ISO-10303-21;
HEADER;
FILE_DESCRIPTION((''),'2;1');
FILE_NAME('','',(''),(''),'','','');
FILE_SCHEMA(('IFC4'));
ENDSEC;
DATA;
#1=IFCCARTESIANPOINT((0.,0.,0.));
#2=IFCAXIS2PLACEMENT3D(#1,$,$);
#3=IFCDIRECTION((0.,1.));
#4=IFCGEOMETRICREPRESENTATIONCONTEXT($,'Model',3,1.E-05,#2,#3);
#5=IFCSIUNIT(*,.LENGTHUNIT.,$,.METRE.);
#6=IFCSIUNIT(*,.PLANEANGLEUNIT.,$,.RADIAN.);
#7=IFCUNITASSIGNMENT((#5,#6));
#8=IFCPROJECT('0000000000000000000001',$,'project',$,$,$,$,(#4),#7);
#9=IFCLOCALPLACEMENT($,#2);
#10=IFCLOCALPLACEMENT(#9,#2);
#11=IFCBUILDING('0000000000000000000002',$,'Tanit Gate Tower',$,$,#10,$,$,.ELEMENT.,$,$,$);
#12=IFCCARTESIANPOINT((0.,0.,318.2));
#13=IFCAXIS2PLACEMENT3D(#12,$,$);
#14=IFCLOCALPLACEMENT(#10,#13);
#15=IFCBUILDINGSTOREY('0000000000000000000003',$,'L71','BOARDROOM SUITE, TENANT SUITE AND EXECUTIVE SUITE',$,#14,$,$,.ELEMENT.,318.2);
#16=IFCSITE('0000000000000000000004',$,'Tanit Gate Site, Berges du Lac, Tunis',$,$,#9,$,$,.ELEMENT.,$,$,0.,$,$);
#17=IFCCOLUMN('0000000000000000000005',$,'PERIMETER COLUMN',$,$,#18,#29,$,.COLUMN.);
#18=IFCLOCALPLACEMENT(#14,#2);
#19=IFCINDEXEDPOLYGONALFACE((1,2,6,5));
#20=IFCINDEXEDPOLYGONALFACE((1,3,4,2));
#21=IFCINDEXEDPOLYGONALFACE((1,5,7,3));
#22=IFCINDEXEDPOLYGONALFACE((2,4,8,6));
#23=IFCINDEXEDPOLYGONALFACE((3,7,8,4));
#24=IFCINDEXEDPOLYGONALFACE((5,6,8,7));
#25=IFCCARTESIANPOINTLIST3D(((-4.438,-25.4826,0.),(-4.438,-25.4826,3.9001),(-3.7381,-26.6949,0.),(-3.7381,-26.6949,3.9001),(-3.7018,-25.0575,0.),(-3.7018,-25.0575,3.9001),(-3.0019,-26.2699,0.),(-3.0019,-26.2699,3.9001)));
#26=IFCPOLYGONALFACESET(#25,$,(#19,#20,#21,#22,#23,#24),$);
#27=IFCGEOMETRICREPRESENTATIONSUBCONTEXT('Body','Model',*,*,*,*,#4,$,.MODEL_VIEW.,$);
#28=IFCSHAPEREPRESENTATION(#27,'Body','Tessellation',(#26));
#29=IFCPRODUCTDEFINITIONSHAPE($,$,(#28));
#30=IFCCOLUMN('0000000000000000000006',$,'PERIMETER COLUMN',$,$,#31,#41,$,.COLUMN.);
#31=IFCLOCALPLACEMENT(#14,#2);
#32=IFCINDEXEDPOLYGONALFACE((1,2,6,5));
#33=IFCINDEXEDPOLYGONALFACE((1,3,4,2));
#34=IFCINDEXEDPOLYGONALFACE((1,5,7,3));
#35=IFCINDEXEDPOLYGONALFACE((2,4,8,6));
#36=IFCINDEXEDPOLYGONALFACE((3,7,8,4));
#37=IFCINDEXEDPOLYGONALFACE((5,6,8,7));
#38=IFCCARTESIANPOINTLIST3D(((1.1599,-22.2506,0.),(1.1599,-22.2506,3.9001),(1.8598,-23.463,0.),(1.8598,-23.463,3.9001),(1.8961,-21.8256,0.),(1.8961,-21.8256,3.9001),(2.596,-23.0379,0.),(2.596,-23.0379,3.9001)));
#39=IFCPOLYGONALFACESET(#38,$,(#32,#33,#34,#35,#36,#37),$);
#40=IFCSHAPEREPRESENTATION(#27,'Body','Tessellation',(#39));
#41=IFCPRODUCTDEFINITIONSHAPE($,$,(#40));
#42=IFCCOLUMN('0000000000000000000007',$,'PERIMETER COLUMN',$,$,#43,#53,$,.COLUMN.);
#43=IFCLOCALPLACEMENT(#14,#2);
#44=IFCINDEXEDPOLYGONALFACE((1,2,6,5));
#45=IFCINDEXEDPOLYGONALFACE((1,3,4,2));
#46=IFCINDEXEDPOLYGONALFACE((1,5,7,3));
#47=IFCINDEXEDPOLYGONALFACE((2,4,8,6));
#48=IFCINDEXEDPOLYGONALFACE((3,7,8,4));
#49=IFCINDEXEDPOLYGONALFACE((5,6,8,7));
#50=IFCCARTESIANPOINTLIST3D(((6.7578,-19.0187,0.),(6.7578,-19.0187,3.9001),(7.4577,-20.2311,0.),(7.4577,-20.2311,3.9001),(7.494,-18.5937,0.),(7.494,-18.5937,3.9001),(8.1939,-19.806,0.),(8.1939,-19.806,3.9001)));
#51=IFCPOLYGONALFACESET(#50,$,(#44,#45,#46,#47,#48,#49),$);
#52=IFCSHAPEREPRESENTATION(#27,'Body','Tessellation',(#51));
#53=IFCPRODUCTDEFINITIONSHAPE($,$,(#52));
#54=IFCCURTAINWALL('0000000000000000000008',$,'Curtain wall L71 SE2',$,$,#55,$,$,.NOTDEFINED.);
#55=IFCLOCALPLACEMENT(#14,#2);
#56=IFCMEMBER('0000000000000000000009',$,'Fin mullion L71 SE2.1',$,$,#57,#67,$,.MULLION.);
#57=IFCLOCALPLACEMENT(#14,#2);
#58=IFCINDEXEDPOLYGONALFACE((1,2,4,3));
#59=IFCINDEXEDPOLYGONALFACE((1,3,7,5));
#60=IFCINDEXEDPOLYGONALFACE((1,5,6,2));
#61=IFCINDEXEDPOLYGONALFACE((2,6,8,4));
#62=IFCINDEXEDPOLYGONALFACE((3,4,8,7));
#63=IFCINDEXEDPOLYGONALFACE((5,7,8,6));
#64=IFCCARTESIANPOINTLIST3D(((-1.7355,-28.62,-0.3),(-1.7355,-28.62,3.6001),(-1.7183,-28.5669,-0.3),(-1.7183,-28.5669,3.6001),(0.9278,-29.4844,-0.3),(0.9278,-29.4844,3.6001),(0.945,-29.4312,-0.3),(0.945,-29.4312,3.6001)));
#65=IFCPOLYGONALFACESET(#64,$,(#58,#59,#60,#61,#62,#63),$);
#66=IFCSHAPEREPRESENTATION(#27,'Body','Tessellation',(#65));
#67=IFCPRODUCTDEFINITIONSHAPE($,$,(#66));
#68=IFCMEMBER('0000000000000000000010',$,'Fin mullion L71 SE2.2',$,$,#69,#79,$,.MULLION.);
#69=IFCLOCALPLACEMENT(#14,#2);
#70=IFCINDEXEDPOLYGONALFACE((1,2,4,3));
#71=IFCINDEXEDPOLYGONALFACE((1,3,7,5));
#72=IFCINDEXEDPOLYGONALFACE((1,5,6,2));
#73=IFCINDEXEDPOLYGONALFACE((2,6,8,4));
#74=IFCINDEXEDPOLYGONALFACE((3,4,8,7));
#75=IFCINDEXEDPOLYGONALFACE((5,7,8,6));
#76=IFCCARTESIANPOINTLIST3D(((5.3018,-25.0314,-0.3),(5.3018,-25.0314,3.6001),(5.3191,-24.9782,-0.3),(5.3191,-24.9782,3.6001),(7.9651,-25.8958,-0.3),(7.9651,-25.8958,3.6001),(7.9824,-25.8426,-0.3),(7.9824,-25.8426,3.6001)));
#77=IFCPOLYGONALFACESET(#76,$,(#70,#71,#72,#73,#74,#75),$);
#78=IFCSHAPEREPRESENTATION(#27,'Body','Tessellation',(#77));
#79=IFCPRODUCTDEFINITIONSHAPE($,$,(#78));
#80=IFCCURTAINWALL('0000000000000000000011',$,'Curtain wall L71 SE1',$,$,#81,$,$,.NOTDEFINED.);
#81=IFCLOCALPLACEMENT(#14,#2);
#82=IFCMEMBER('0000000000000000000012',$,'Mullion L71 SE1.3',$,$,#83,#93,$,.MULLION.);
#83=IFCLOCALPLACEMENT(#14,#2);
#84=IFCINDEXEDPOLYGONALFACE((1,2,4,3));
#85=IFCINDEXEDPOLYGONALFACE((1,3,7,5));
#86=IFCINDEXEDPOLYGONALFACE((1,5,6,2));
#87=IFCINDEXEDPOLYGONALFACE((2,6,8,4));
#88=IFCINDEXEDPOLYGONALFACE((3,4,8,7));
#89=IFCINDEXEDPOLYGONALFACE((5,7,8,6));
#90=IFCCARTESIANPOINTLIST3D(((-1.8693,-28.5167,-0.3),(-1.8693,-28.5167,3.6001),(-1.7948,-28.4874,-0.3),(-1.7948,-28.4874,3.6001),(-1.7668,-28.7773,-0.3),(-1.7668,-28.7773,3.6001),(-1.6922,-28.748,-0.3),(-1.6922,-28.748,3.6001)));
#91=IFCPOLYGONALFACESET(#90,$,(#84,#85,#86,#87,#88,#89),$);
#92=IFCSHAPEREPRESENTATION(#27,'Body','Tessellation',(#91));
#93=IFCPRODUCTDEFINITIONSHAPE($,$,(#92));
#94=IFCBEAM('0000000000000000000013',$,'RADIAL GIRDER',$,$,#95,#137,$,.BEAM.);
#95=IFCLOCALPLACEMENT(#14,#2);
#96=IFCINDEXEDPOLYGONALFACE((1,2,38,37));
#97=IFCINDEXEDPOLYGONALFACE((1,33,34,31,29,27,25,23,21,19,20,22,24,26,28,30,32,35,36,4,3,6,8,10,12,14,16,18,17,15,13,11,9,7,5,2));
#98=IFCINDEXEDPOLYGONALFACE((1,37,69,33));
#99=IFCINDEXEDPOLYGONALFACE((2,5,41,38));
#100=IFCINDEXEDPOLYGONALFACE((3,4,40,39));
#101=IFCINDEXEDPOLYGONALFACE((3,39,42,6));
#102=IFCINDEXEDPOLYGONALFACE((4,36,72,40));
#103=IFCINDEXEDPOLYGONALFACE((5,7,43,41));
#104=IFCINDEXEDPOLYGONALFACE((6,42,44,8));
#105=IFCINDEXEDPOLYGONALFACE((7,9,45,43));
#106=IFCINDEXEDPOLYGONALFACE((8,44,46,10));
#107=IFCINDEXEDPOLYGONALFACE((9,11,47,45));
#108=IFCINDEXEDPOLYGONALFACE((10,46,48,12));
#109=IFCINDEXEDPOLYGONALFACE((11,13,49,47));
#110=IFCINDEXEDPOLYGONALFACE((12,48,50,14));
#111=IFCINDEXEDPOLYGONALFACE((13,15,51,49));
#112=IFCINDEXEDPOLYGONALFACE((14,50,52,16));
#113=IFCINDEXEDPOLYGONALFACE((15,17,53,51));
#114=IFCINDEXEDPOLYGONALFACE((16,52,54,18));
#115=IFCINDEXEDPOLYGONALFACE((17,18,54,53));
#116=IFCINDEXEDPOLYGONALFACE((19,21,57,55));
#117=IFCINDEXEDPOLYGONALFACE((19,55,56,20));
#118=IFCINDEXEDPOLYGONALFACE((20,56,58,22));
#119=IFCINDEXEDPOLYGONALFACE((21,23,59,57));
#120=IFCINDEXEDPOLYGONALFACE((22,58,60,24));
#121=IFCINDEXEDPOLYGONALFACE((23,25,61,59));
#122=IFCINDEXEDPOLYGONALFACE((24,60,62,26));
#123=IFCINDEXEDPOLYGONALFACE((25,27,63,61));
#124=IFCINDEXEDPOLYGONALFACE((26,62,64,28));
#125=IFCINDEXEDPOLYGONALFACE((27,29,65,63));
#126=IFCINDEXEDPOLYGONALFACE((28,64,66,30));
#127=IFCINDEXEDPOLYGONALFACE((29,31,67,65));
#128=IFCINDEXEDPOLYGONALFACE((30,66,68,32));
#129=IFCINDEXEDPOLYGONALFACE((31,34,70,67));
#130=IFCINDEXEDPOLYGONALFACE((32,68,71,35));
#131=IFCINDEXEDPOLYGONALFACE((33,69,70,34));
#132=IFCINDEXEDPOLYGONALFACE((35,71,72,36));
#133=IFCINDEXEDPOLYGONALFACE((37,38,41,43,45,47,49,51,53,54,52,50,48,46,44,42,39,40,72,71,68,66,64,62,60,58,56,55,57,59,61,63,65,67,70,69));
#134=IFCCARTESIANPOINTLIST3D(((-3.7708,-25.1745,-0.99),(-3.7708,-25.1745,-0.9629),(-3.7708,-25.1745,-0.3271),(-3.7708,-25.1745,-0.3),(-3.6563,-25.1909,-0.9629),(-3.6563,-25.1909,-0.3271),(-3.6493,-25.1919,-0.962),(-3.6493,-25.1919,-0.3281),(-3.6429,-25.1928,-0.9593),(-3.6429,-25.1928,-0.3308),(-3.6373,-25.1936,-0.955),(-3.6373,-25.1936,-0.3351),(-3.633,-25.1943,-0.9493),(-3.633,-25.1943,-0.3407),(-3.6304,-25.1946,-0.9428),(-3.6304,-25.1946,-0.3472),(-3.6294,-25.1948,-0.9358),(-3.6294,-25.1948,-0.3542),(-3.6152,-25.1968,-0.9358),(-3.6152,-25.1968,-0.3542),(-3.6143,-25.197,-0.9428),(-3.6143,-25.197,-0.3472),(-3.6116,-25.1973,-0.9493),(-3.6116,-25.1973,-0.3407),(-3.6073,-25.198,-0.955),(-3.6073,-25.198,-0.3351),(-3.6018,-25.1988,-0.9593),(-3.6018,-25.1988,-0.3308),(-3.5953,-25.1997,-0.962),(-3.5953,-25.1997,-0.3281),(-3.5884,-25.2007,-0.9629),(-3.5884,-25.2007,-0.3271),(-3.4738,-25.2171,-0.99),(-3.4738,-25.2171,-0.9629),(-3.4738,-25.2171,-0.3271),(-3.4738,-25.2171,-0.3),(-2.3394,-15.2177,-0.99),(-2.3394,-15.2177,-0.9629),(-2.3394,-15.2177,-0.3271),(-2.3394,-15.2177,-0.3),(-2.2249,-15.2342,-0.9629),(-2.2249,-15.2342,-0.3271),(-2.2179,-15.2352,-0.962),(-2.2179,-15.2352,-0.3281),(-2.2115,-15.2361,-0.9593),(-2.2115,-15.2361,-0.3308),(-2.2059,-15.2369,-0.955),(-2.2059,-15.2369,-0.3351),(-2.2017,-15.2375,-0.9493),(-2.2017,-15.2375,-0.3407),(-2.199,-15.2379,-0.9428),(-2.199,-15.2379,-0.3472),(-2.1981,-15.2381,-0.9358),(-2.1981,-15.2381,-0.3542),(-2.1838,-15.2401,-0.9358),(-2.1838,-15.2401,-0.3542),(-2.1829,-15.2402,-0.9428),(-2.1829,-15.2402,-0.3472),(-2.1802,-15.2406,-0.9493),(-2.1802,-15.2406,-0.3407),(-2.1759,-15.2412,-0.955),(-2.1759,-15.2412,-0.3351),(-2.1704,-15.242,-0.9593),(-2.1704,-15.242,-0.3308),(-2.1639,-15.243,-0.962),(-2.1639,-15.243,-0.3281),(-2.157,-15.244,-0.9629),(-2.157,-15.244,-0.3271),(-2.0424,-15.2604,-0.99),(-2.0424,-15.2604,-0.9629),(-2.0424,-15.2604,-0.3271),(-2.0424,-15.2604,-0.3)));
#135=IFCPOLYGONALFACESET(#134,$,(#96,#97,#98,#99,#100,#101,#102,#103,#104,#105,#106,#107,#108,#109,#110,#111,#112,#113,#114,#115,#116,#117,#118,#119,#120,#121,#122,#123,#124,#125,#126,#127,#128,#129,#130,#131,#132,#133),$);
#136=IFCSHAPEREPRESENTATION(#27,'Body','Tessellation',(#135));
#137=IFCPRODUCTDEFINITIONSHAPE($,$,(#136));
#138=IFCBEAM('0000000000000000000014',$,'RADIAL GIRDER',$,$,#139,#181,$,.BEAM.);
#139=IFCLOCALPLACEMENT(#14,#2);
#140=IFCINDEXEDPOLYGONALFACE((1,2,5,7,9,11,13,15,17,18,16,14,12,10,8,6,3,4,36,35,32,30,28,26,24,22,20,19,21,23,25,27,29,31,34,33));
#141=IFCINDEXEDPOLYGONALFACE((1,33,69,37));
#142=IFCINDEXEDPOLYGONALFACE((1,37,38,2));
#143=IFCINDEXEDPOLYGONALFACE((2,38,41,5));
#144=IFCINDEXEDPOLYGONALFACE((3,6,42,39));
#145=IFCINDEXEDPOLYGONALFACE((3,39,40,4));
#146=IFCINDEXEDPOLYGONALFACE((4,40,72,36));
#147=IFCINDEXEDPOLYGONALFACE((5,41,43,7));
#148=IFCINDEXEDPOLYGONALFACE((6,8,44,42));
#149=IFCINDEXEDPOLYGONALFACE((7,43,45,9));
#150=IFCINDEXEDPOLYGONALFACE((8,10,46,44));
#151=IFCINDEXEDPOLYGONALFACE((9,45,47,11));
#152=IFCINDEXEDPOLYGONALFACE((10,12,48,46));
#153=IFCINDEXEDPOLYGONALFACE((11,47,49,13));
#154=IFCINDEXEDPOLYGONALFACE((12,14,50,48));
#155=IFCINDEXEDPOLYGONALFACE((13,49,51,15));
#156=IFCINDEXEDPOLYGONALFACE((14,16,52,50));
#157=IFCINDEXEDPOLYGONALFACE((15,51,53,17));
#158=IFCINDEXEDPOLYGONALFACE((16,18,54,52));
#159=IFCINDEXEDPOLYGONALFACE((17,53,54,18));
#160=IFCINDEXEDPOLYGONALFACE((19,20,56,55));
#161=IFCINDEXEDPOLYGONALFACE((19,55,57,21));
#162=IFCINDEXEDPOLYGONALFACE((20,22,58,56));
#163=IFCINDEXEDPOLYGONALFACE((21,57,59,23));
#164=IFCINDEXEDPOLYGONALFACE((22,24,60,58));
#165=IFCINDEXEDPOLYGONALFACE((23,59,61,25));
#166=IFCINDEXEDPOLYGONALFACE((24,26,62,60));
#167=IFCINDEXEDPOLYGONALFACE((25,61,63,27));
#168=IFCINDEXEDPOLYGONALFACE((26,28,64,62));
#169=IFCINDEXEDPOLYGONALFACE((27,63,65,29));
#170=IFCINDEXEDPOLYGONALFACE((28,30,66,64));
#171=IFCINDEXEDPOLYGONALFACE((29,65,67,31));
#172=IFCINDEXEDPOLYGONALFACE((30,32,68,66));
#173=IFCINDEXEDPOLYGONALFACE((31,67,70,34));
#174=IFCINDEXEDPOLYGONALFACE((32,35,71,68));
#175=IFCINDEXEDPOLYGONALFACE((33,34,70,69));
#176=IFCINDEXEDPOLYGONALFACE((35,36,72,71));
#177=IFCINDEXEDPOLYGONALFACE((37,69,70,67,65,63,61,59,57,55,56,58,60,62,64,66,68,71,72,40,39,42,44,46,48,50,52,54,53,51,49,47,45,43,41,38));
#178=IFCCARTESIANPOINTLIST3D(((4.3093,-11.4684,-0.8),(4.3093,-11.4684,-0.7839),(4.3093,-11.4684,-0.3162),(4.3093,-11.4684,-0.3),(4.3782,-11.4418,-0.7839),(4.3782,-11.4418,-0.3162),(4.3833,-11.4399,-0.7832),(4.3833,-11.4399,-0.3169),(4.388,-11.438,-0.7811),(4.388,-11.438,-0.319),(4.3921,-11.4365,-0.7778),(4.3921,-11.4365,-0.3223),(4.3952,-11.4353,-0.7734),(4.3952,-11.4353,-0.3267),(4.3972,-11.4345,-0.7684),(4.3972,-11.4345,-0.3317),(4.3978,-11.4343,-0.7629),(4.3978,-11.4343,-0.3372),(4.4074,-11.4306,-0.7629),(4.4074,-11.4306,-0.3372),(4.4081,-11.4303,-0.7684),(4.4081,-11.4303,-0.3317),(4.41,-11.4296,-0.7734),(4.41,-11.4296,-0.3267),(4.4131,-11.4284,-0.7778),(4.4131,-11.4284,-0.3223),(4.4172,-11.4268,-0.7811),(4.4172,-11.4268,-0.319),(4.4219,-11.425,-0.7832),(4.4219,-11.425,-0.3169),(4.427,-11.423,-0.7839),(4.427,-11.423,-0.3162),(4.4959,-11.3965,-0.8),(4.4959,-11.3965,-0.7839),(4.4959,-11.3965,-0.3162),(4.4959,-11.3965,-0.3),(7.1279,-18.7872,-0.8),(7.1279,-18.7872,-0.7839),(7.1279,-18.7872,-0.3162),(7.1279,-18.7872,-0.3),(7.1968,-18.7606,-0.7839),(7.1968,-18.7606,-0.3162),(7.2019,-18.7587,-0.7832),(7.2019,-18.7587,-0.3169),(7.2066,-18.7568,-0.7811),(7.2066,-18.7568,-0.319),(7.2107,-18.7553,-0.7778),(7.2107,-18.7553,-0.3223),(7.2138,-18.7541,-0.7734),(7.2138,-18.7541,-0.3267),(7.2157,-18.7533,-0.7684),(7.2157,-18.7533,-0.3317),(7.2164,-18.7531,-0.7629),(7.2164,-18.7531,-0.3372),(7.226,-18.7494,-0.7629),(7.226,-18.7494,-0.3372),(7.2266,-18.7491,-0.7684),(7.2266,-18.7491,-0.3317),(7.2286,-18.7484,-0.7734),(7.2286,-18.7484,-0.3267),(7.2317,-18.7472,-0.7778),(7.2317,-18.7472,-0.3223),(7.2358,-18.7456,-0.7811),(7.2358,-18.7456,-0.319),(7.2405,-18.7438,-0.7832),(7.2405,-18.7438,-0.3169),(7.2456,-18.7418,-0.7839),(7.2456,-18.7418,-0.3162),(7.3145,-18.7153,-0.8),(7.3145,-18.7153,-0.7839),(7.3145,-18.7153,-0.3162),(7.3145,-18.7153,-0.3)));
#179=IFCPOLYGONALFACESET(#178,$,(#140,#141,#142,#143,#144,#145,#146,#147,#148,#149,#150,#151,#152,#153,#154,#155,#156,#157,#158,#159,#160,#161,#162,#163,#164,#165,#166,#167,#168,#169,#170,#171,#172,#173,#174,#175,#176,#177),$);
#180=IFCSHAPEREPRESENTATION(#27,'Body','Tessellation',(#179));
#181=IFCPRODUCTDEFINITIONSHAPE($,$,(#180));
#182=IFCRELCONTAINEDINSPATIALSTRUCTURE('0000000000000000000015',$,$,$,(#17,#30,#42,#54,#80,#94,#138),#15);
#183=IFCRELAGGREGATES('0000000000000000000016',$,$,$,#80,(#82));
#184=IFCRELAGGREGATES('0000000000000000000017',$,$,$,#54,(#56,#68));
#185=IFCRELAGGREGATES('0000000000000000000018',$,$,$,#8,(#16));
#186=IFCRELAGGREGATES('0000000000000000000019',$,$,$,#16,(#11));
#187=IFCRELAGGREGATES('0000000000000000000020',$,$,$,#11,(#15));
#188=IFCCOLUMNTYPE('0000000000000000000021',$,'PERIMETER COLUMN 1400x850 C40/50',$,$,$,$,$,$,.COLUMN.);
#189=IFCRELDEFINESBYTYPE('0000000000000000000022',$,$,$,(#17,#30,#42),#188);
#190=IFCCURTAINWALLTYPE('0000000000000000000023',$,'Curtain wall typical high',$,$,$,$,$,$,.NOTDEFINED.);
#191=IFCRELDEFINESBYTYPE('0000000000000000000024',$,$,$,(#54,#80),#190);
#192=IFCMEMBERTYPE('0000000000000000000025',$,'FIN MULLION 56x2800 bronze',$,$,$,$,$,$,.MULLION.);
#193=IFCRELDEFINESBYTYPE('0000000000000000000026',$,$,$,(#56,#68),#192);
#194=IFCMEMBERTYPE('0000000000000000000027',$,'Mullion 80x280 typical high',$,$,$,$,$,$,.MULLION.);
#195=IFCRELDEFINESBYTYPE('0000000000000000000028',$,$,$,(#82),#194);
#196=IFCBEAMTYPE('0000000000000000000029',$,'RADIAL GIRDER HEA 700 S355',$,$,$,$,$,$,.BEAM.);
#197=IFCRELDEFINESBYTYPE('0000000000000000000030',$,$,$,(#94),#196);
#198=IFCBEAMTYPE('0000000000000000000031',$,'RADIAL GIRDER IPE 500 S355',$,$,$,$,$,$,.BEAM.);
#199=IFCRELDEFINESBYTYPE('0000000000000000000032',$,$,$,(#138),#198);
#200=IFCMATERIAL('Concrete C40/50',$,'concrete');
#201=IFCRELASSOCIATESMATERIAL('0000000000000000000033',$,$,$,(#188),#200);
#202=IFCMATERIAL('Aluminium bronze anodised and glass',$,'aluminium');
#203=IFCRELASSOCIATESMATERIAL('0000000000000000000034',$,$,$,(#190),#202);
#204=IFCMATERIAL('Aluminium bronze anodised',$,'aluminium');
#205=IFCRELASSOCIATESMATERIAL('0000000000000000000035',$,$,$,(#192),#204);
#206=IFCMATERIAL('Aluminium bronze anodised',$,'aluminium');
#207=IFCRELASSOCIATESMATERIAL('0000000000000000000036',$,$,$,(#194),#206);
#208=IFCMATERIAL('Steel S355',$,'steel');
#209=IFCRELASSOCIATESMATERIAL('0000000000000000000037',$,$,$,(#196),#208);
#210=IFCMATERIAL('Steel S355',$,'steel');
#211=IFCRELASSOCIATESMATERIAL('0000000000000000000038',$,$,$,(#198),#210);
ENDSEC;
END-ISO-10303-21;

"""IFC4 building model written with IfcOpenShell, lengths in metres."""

from ifc_helpers import new_model, si_unit, direction, frame, origin, origin_2d, place, context, subcontext, project, spatial, rectangle, i_section, extrude, material, material_profile, profile_set, type_object, element, aggregate, save


model = new_model("IFC4")

# Units and contexts
model_context = context("Model", 3, precision=1e-05, world=origin(), true_north=direction((0.0, 1.0)))
body_context = subcontext(model_context, "Body", "Model", "MODEL_VIEW")
ifc_project = project(units=[si_unit("LENGTHUNIT", "METRE"), si_unit("PLANEANGLEUNIT", "RADIAN")], contexts=[model_context])

# Site, building, storey
site_placement = place(None, origin())
site = spatial("IfcSite", under=ifc_project, at=site_placement, Name="Tanit Gate Site, Berges du Lac, Tunis", CompositionType="ELEMENT", RefElevation=0.0)
building_placement = place(site_placement, origin())
building = spatial("IfcBuilding", under=site, at=building_placement, Name="Tanit Gate Tower", CompositionType="ELEMENT")
storey_placement = place(building_placement, frame((0.0, 0.0, 318.2)))
storey = spatial("IfcBuildingStorey", under=building, at=storey_placement, Name="L71", Description="BOARDROOM SUITE, TENANT SUITE AND EXECUTIVE SUITE", CompositionType="ELEMENT", Elevation=318.2)

# Columns
ifc_material_1 = material(Name="Concrete C40/50", Category="concrete")
ifc_material_profile_1 = material_profile(ifc_material_1, rectangle(XDim=1.3999, YDim=0.8501, at=origin_2d()), Name="RC 1400x850")
ifc_profile_set_1 = profile_set([ifc_material_profile_1], Name="Concrete C40/50")
column_type = type_object("IfcColumnType", Name="PERIMETER COLUMN 1400x850 C40/50", PredefinedType="COLUMN", material=ifc_profile_set_1)
for number, where, z_axis, x_axis, name in (
    (1, (-3.72, -25.8762, 0.0), (0.0, 0.0, 1.0), (0.5, -0.866025, 0.0), "PERIMETER COLUMN"),
    (2, (1.8779, -22.6443, 0.0), (0.0, 0.0, 1.0), (0.5, -0.866025, 0.0), "PERIMETER COLUMN"),
    (3, (7.4758, -19.4124, 0.0), (0.0, 0.0, 1.0), (0.5, -0.866025, 0.0), "PERIMETER COLUMN"),
):
    element("IfcColumn", number, at=place(storey_placement, frame(where, z_axis=z_axis, x_axis=x_axis)), inside=storey, type_object=column_type, Name=name, PredefinedType="COLUMN", context=body_context, shape_type="SweptSolid", body=[
        extrude(rectangle(XDim=1.3999, YDim=0.8501, at=origin_2d()), origin(), (0.0, 0.0, 1.0), 3.9001),
    ])

# Curtain wall, members
ifc_material_2 = material(Name="Aluminium bronze anodised and glass", Category="aluminium")
curtain_wall_type = type_object("IfcCurtainWallType", Name="Curtain wall typical high", PredefinedType="NOTDEFINED", material=ifc_material_2)
curtain_wall_1_placement = place(storey_placement, origin())
curtain_wall_1 = element("IfcCurtainWall", 4, at=curtain_wall_1_placement, inside=storey, type_object=curtain_wall_type, Name="Curtain wall L71 SE2", PredefinedType="NOTDEFINED")
ifc_material_3 = material(Name="Aluminium bronze anodised", Category="aluminium")
ifc_material_profile_2 = material_profile(ifc_material_3, rectangle(XDim=2.8, YDim=0.0559, at=origin_2d()), Name="56x2800 bronze fin mullion")
ifc_profile_set_2 = profile_set([ifc_material_profile_2], Name="Aluminium bronze anodised")
member_type_1 = type_object("IfcMemberType", Name="FIN MULLION 56x2800 bronze", PredefinedType="MULLION", material=ifc_profile_set_2)
member_1_placement = place(storey_placement, frame((-0.3953, -29.0256, -0.3), z_axis=(0.0, 0.0, 1.0), x_axis=(-0.95116, 0.3087, 0.0)))
member_1 = element("IfcMember", 5, at=member_1_placement, type_object=member_type_1, Name="Fin mullion L71 SE2.1", PredefinedType="MULLION", context=body_context, shape_type="SweptSolid", body=[
    extrude(rectangle(XDim=2.8, YDim=0.0559, at=origin_2d()), origin(), (0.0, 0.0, 1.0), 3.9001),
])
member_2_placement = place(storey_placement, frame((6.6421, -25.437, -0.3), z_axis=(0.0, 0.0, 1.0), x_axis=(-0.95116, 0.3087, 0.0)))
member_2 = element("IfcMember", 6, at=member_2_placement, type_object=member_type_1, Name="Fin mullion L71 SE2.2", PredefinedType="MULLION", context=body_context, shape_type="SweptSolid", body=[
    extrude(rectangle(XDim=2.8, YDim=0.0559, at=origin_2d()), origin(), (0.0, 0.0, 1.0), 3.9001),
])

# Curtain wall, member
curtain_wall_2_placement = place(storey_placement, origin())
curtain_wall_2 = element("IfcCurtainWall", 7, at=curtain_wall_2_placement, inside=storey, type_object=curtain_wall_type, Name="Curtain wall L71 SE1", PredefinedType="NOTDEFINED")
ifc_material_4 = material(Name="Aluminium bronze anodised", Category="aluminium")
ifc_material_profile_3 = material_profile(ifc_material_4, rectangle(XDim=0.28, YDim=0.0801, at=origin_2d()), Name="80x280 bronze mullion")
ifc_profile_set_3 = profile_set([ifc_material_profile_3], Name="Aluminium bronze anodised")
member_type_2 = type_object("IfcMemberType", Name="Mullion 80x280 typical high", PredefinedType="MULLION", material=ifc_profile_set_3)
member_3_placement = place(storey_placement, frame((-1.7808, -28.6323, -0.3), z_axis=(0.0, 0.0, 1.0), x_axis=(-0.366106, 0.930573, 0.0)))
member_3 = element("IfcMember", 8, at=member_3_placement, type_object=member_type_2, Name="Mullion L71 SE1.3", PredefinedType="MULLION", context=body_context, shape_type="SweptSolid", body=[
    extrude(rectangle(XDim=0.28, YDim=0.0801, at=origin_2d()), origin(), (0.0, 0.0, 1.0), 3.9001),
])
aggregate(curtain_wall_2, [member_3])

# Beams
ifc_material_5 = material(Name="Steel S355", Category="steel")
ifc_material_profile_4 = material_profile(ifc_material_5, i_section(OverallWidth=0.3, OverallDepth=0.6899, WebThickness=0.0144, FlangeThickness=0.0271, FilletRadius=0.0271, at=origin_2d()), Name="HEA 700")
ifc_profile_set_4 = profile_set([ifc_material_profile_4], Name="Steel S355")
beam_type_1 = type_object("IfcBeamType", Name="RADIAL GIRDER HEA 700 S355", PredefinedType="BEAM", material=ifc_profile_set_4)
beam_1_placement = place(storey_placement, frame((-3.6223, -25.1958, -0.645), z_axis=(0.142298, 0.989824, 0.0), x_axis=(-0.989824, 0.142298, 0.0)))
element("IfcBeam", 9, at=beam_1_placement, inside=storey, type_object=beam_type_1, Name="RADIAL GIRDER", PredefinedType="BEAM", context=body_context, shape_type="SweptSolid", body=[
    extrude(i_section(OverallWidth=0.3, OverallDepth=0.6899, WebThickness=0.0144, FlangeThickness=0.0271, FilletRadius=0.0271, at=origin_2d()), origin(), (0.0, 0.0, 1.0), 10.0591),
])
ifc_material_6 = material(Name="Steel S355", Category="steel")
ifc_material_profile_5 = material_profile(ifc_material_6, i_section(OverallWidth=0.2, OverallDepth=0.5, WebThickness=0.0103, FlangeThickness=0.0161, FilletRadius=0.021, at=origin_2d()), Name="IPE 500")
ifc_profile_set_5 = profile_set([ifc_material_profile_5], Name="Steel S355")
beam_type_2 = type_object("IfcBeamType", Name="RADIAL GIRDER IPE 500 S355", PredefinedType="BEAM", material=ifc_profile_set_5)
beam_2_placement = place(storey_placement, frame((7.2212, -18.7512, -0.55), z_axis=(-0.359386, 0.933189, 0.0), x_axis=(-0.933189, -0.359386, 0.0)))
element("IfcBeam", 10, at=beam_2_placement, inside=storey, type_object=beam_type_2, Name="RADIAL GIRDER", PredefinedType="BEAM", context=body_context, shape_type="SweptSolid", body=[
    extrude(i_section(OverallWidth=0.2, OverallDepth=0.5, WebThickness=0.0103, FlangeThickness=0.0161, FilletRadius=0.021, at=origin_2d()), origin(), (0.0, 0.0, 1.0), 7.8428),
])

aggregate(curtain_wall_1, [member_1, member_2])

save(model, "model.ifc")
